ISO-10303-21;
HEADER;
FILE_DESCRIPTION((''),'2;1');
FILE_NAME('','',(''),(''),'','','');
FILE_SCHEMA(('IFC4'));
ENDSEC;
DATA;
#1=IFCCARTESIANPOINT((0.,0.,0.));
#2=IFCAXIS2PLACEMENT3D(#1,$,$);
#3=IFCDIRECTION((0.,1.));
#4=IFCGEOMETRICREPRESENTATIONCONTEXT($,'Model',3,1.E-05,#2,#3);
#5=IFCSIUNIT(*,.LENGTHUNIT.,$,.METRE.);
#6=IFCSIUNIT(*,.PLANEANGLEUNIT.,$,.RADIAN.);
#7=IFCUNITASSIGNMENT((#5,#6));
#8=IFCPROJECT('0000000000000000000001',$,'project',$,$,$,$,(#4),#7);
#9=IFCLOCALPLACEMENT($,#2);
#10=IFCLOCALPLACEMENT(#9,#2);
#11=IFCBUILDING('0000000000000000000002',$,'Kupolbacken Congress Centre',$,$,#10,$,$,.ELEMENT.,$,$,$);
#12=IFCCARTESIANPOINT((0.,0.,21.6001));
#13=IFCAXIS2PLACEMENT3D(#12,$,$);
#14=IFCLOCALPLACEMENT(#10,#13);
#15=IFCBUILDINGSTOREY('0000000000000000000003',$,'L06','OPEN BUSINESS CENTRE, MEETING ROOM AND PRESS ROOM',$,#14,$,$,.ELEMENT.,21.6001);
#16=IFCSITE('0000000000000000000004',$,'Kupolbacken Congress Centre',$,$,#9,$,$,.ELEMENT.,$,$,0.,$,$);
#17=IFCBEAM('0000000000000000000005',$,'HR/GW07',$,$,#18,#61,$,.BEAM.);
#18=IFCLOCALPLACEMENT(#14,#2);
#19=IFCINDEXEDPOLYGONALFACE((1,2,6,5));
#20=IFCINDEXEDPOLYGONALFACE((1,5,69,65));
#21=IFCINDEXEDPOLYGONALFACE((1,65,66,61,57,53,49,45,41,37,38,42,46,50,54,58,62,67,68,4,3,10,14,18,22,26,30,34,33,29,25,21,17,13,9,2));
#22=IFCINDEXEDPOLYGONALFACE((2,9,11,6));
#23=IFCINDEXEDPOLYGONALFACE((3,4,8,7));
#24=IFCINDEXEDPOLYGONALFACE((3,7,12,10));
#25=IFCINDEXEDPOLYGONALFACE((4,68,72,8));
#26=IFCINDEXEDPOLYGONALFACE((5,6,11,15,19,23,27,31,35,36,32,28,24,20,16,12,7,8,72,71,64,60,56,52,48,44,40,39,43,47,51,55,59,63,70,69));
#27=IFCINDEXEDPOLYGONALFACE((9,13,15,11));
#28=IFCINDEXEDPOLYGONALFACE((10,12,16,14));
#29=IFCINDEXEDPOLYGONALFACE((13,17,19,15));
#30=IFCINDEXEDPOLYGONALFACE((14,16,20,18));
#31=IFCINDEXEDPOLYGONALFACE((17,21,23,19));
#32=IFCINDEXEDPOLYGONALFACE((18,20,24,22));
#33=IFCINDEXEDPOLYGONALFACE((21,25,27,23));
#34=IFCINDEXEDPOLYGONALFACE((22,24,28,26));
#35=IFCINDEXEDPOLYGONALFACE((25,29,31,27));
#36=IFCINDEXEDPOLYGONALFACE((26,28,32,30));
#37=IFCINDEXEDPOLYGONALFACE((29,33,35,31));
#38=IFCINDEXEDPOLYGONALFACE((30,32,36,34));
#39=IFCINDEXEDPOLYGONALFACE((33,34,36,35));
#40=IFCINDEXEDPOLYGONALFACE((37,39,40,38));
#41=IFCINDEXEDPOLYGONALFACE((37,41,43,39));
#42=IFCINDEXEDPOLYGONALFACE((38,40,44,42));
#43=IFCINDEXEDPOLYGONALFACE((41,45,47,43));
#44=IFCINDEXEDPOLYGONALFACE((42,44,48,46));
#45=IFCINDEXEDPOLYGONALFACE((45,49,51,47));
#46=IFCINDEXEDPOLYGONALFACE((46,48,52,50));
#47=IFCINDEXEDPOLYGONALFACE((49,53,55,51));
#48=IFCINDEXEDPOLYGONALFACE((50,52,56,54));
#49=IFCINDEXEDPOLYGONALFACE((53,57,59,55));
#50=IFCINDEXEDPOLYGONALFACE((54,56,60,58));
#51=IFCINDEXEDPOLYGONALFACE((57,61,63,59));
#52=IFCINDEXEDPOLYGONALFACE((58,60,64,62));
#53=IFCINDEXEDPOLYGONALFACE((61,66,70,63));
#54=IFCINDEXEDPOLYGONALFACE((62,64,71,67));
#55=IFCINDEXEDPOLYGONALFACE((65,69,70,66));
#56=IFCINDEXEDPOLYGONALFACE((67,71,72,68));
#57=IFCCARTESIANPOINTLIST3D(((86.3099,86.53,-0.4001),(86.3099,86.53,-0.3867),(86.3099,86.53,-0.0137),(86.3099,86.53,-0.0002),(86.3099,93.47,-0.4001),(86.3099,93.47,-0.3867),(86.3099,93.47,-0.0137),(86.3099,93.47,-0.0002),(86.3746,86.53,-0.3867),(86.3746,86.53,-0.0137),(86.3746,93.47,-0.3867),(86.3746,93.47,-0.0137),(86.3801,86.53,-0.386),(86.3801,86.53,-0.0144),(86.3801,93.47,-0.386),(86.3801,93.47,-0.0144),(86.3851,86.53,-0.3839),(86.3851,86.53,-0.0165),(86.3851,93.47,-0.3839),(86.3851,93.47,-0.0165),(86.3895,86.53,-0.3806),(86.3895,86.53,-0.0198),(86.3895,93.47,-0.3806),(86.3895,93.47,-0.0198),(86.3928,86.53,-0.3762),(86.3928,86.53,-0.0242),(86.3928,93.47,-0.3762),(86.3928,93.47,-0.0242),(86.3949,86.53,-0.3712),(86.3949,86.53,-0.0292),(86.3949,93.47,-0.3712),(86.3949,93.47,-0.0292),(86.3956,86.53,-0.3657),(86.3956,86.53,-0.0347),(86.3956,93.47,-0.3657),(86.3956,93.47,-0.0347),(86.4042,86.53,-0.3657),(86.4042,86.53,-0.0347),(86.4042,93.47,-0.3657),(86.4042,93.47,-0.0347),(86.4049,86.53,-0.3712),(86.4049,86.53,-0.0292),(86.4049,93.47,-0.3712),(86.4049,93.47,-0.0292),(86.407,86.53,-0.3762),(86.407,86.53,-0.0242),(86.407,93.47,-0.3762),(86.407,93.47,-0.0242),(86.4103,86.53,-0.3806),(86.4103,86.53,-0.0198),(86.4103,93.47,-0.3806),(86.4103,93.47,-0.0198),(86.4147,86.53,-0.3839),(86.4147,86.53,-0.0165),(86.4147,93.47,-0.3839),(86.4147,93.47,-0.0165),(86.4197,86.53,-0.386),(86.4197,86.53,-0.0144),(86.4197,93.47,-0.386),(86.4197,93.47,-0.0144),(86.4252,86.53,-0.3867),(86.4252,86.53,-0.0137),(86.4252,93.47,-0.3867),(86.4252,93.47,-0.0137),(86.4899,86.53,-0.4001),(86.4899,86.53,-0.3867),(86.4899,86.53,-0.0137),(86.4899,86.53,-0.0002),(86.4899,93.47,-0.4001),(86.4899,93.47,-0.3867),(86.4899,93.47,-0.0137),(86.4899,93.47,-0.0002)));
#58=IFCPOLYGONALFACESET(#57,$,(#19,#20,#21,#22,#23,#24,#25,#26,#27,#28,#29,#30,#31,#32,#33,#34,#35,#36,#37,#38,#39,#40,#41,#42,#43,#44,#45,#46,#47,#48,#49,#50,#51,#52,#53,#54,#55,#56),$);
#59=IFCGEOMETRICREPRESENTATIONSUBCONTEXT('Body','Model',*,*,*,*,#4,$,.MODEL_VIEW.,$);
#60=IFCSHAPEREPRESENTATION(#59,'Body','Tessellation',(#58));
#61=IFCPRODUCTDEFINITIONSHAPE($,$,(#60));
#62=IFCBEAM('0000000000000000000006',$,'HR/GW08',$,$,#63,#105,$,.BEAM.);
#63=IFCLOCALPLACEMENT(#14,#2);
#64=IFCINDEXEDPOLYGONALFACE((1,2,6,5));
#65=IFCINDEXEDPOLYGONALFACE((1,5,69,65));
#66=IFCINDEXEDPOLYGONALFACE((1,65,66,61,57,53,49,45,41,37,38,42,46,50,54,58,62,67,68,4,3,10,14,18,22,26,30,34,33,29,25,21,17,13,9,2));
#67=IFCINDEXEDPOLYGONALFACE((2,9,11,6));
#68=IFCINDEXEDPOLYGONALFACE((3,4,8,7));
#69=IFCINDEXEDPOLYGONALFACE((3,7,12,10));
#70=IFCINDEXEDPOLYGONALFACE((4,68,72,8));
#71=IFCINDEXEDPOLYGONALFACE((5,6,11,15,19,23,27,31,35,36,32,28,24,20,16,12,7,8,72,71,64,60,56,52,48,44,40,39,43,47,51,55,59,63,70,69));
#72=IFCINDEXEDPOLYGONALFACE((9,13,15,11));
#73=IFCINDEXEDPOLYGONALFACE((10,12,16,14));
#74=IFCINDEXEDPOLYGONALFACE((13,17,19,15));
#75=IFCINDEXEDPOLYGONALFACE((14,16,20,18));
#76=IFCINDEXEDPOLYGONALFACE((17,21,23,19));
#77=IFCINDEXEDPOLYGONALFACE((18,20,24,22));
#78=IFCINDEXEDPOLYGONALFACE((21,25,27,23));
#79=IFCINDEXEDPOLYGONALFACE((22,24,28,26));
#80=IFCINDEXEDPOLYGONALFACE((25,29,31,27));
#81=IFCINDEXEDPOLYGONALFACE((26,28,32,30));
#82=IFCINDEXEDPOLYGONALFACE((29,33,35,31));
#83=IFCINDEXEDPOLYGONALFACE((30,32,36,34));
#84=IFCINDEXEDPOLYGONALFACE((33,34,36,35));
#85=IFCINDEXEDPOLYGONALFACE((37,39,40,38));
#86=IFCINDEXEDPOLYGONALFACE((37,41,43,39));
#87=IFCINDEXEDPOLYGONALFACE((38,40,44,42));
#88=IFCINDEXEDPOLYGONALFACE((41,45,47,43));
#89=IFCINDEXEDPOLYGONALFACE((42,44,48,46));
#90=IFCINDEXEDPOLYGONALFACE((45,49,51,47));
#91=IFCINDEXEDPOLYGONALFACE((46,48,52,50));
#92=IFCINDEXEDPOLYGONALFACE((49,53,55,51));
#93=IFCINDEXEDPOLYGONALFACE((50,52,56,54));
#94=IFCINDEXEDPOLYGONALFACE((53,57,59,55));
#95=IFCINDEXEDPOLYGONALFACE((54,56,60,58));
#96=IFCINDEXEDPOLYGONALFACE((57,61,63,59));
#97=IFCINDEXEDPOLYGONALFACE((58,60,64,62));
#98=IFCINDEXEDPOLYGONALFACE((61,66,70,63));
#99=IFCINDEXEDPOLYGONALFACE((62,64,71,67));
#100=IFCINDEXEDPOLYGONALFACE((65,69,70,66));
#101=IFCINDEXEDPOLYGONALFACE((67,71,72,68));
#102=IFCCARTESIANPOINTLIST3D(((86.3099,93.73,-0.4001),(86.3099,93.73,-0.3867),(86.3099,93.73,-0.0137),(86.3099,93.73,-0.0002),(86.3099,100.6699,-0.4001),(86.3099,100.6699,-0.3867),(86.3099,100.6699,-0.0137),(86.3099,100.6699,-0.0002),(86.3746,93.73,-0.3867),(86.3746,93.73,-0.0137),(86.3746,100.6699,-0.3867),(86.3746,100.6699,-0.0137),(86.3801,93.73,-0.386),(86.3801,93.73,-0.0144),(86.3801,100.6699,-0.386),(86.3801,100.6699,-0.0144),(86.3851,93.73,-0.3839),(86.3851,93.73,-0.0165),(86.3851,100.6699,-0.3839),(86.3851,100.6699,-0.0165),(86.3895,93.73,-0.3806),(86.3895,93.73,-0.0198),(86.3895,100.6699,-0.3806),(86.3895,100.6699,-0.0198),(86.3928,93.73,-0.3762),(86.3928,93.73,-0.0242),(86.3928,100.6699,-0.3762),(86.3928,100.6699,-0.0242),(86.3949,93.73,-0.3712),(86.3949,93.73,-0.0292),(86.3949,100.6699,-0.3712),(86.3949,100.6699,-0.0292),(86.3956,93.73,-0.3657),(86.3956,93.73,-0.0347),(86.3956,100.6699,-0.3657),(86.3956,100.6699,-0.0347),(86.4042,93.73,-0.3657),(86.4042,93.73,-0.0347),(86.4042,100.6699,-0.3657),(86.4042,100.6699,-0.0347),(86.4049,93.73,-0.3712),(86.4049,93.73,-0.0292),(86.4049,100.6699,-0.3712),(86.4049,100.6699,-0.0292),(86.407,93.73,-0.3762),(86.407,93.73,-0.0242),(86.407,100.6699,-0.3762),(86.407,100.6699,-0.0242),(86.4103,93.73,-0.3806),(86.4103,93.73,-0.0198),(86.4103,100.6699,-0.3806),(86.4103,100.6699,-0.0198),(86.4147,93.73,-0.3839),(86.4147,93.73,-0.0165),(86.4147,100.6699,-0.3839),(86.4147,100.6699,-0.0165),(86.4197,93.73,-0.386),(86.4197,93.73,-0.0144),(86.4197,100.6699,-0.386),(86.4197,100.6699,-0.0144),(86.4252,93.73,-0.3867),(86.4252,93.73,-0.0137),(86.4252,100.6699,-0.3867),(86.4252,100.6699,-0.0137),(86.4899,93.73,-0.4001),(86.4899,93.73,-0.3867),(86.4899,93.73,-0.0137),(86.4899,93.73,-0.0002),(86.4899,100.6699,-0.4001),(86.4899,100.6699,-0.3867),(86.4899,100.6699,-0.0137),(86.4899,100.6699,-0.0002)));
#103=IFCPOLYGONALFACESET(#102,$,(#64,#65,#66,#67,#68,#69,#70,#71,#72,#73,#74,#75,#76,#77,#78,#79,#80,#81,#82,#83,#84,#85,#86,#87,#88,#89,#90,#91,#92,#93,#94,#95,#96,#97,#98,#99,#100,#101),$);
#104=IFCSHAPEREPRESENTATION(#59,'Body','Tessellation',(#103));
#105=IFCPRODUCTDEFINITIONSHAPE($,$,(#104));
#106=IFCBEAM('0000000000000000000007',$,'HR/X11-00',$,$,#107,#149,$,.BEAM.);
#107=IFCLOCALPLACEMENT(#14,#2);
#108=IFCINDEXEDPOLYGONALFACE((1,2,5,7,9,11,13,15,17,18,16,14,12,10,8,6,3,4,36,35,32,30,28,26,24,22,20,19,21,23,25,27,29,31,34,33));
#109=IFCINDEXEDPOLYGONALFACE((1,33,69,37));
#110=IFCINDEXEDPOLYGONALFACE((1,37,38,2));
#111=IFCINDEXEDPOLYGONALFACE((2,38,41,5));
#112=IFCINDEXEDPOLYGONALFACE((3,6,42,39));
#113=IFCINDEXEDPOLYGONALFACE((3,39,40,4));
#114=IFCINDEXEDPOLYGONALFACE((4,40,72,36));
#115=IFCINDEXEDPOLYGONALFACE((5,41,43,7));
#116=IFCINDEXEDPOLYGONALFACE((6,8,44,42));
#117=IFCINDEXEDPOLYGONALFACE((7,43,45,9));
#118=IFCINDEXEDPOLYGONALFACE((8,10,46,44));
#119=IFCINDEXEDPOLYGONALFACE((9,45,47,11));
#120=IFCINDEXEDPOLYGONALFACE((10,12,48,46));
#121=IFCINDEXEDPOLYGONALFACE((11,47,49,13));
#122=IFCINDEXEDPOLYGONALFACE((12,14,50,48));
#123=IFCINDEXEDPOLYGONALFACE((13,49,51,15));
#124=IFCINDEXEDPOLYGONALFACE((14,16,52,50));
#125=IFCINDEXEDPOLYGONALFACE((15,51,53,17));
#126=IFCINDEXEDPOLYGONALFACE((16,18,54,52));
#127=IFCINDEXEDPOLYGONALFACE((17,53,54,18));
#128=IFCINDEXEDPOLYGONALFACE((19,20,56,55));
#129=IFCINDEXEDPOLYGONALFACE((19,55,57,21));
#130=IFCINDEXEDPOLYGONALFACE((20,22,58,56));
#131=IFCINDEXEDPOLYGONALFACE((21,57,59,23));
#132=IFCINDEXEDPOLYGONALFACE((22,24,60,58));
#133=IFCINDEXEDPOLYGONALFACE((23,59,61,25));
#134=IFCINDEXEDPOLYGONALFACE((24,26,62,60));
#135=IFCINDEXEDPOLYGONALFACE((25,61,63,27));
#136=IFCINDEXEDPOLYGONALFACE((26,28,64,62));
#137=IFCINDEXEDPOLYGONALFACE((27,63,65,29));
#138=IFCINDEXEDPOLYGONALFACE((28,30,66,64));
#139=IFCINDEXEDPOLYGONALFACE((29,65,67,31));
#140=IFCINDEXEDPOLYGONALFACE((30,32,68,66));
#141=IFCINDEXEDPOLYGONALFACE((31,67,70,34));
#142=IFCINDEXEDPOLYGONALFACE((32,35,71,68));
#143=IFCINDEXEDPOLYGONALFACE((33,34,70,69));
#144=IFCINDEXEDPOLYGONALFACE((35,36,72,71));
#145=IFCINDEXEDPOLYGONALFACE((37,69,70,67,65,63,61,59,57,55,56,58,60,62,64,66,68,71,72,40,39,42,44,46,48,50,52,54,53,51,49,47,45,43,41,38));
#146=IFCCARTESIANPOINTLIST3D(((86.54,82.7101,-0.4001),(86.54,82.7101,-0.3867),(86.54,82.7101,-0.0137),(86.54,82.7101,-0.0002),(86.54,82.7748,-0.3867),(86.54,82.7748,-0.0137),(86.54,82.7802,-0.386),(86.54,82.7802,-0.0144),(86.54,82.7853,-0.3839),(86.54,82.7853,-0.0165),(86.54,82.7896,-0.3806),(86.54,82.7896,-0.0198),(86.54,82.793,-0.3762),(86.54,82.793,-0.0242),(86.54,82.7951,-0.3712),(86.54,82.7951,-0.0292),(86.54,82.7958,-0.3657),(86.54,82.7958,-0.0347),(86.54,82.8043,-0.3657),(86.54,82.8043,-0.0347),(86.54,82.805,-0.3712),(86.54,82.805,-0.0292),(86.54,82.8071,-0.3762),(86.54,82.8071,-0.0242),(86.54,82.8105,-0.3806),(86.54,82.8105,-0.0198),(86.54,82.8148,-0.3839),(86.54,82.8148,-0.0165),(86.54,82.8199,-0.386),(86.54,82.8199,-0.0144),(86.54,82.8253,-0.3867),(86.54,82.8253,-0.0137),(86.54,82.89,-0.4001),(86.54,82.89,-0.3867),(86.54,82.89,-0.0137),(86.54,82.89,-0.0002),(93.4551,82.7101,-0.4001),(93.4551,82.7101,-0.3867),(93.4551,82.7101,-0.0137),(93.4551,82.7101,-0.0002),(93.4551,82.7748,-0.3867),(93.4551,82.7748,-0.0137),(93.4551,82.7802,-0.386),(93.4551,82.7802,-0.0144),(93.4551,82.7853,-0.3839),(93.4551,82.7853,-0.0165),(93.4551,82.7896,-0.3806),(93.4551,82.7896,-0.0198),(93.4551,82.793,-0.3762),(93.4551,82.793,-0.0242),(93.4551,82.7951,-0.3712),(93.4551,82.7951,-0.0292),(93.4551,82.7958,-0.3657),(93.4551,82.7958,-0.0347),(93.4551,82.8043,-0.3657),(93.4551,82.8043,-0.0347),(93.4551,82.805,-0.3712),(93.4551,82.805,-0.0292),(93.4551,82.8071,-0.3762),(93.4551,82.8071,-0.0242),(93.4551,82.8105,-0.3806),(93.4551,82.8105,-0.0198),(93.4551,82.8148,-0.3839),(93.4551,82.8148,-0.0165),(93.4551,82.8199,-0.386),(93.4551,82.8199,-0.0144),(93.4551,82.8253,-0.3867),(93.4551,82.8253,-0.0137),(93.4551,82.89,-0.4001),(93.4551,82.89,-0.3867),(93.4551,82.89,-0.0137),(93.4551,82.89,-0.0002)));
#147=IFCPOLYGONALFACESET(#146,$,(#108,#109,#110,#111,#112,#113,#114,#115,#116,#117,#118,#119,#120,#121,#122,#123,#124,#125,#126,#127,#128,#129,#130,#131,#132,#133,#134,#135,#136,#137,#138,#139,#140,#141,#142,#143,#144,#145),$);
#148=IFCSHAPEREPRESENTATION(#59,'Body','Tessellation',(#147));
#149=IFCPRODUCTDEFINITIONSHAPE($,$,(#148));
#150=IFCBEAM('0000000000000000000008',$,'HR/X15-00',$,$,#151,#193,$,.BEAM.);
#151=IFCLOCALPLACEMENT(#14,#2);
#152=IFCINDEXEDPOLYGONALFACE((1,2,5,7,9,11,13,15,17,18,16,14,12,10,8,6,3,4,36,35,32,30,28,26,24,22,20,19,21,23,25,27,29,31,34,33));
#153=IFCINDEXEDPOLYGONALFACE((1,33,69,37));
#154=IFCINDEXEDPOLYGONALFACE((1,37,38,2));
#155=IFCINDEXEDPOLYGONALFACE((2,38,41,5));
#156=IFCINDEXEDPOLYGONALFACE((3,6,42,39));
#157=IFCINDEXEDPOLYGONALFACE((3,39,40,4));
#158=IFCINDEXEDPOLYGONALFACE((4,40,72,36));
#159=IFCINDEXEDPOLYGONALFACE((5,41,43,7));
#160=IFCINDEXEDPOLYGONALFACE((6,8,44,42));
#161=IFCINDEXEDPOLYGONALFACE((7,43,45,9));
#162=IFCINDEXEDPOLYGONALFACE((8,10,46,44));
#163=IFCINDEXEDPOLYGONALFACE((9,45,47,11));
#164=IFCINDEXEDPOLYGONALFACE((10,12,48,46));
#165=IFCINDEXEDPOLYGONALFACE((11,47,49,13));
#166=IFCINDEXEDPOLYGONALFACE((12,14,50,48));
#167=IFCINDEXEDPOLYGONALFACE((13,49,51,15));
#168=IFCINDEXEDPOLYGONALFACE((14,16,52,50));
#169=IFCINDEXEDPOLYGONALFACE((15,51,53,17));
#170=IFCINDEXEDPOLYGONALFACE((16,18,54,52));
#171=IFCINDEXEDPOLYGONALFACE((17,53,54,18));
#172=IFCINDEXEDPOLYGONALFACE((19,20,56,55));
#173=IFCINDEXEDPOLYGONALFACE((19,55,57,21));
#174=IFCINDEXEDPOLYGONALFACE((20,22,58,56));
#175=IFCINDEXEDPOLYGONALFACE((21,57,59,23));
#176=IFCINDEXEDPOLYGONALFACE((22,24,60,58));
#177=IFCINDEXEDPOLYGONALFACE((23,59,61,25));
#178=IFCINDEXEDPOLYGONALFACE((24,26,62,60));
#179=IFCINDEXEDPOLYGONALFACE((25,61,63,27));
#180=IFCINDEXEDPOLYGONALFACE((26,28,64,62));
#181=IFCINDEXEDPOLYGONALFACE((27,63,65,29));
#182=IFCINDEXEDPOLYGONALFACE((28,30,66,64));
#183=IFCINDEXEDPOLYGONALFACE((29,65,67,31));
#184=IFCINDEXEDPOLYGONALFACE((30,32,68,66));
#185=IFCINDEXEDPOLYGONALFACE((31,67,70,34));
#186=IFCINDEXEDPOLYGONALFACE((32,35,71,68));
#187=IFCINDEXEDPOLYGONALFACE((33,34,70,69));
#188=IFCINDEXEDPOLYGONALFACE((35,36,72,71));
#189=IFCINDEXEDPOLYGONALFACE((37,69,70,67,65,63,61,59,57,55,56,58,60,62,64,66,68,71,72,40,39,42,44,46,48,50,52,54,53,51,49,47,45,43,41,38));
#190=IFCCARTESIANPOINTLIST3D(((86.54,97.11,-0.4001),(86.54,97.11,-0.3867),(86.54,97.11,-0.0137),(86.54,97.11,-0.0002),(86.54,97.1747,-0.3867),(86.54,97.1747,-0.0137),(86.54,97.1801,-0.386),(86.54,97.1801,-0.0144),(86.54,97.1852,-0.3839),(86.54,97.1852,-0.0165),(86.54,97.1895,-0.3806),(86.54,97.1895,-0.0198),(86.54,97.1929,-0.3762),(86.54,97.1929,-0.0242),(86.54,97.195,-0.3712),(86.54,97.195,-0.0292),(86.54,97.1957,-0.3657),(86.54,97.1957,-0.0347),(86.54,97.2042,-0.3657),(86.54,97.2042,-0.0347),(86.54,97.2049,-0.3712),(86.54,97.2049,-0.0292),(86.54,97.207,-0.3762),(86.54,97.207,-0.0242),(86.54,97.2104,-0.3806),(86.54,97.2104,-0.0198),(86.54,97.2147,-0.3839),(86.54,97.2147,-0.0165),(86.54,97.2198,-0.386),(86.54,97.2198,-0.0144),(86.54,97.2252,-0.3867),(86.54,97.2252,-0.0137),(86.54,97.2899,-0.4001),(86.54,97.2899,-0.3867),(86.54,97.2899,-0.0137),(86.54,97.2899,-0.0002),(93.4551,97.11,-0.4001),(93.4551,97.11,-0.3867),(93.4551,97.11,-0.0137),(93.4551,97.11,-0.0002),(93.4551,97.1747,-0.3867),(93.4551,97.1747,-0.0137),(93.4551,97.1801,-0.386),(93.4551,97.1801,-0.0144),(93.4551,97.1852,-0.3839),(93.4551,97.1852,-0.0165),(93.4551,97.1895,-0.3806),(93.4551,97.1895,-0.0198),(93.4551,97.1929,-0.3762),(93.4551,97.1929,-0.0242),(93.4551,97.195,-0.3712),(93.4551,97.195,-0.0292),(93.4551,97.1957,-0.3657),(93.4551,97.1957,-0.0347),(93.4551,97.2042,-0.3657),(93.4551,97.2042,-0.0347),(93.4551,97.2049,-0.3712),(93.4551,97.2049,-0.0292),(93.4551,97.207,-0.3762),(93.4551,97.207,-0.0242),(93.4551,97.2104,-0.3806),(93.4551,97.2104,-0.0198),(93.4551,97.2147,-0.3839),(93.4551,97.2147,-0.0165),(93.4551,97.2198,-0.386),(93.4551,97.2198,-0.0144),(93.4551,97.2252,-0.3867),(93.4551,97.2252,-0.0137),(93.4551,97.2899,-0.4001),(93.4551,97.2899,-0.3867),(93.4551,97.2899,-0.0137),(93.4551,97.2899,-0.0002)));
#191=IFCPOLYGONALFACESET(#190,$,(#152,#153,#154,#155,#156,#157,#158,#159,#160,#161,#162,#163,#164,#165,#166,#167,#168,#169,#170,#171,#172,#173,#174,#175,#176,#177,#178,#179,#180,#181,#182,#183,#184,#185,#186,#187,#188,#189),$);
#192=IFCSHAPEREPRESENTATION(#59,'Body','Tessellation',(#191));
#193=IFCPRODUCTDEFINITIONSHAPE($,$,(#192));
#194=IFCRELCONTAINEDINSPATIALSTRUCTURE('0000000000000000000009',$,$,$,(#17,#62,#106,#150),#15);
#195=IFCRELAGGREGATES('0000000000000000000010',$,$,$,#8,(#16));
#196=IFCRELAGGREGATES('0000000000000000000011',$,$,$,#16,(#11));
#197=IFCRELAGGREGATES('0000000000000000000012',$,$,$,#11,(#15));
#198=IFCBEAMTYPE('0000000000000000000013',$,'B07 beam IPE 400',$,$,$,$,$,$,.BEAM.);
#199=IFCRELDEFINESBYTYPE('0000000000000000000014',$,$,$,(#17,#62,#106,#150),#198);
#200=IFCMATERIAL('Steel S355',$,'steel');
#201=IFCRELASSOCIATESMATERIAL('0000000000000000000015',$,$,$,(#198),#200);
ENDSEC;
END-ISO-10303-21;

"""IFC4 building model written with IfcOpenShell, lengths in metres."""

from ifc_helpers import new_model, si_unit, direction, frame, origin, origin_2d, place, context, subcontext, project, spatial, i_section, extrude, material, material_profile, profile_set, type_object, element, save


model = new_model("IFC4")

# Units and contexts
model_context = context("Model", 3, precision=1e-05, world=origin(), true_north=direction((0.0, 1.0)))
body_context = subcontext(model_context, "Body", "Model", "MODEL_VIEW")
ifc_project = project(units=[si_unit("LENGTHUNIT", "METRE"), si_unit("PLANEANGLEUNIT", "RADIAN")], contexts=[model_context])

# Site, building, storey
site_placement = place(None, origin())
site = spatial("IfcSite", under=ifc_project, at=site_placement, Name="Kupolbacken Congress Centre", CompositionType="ELEMENT", RefElevation=0.0)
building_placement = place(site_placement, origin())
building = spatial("IfcBuilding", under=site, at=building_placement, Name="Kupolbacken Congress Centre", CompositionType="ELEMENT")
storey_placement = place(building_placement, frame((0.0, 0.0, 21.6001)))
storey = spatial("IfcBuildingStorey", under=building, at=storey_placement, Name="L06", Description="OPEN BUSINESS CENTRE, MEETING ROOM AND PRESS ROOM", CompositionType="ELEMENT", Elevation=21.6001)

# Beams
ifc_material_1 = material(Name="Steel S355", Category="steel")
ifc_material_profile_1 = material_profile(ifc_material_1, i_section(OverallWidth=0.1799, OverallDepth=0.3999, WebThickness=0.0085, FlangeThickness=0.0134, FilletRadius=0.021, at=origin_2d()), Name="IPE 400")
ifc_profile_set_1 = profile_set([ifc_material_profile_1], Name="Steel S355")
beam_type_1 = type_object("IfcBeamType", Name="B07 beam IPE 400", PredefinedType="BEAM", material=ifc_profile_set_1)
for number, where, z_axis, x_axis, name in (
    (1, (86.3999, 86.53, -0.2002), (0.0, 1.0, 0.0), (-1.0, 0.0, 0.0), "HR/GW07"),
    (2, (86.3999, 93.73, -0.2002), (0.0, 1.0, 0.0), (-1.0, 0.0, 0.0), "HR/GW08"),
):
    element("IfcBeam", number, at=place(storey_placement, frame(where, z_axis=z_axis, x_axis=x_axis)), inside=storey, type_object=beam_type_1, Name=name, PredefinedType="BEAM", context=body_context, shape_type="SweptSolid", body=[
        extrude(i_section(OverallWidth=0.1799, OverallDepth=0.3999, WebThickness=0.0085, FlangeThickness=0.0134, FilletRadius=0.021, at=origin_2d()), origin(), (0.0, 0.0, 1.0), 6.9399),
    ])
for number, where, z_axis, x_axis, name in (
    (3, (86.54, 82.8, -0.2002), (1.0, 0.0, 0.0), (0.0, 1.0, 0.0), "HR/X11-00"),
    (4, (86.54, 97.2, -0.2002), (1.0, 0.0, 0.0), (0.0, 1.0, 0.0), "HR/X15-00"),
):
    element("IfcBeam", number, at=place(storey_placement, frame(where, z_axis=z_axis, x_axis=x_axis)), inside=storey, type_object=beam_type_1, Name=name, PredefinedType="BEAM", context=body_context, shape_type="SweptSolid", body=[
        extrude(i_section(OverallWidth=0.1799, OverallDepth=0.3999, WebThickness=0.0085, FlangeThickness=0.0134, FilletRadius=0.021, at=origin_2d()), origin(), (0.0, 0.0, 1.0), 6.915),
    ])

save(model, "model.ifc")
